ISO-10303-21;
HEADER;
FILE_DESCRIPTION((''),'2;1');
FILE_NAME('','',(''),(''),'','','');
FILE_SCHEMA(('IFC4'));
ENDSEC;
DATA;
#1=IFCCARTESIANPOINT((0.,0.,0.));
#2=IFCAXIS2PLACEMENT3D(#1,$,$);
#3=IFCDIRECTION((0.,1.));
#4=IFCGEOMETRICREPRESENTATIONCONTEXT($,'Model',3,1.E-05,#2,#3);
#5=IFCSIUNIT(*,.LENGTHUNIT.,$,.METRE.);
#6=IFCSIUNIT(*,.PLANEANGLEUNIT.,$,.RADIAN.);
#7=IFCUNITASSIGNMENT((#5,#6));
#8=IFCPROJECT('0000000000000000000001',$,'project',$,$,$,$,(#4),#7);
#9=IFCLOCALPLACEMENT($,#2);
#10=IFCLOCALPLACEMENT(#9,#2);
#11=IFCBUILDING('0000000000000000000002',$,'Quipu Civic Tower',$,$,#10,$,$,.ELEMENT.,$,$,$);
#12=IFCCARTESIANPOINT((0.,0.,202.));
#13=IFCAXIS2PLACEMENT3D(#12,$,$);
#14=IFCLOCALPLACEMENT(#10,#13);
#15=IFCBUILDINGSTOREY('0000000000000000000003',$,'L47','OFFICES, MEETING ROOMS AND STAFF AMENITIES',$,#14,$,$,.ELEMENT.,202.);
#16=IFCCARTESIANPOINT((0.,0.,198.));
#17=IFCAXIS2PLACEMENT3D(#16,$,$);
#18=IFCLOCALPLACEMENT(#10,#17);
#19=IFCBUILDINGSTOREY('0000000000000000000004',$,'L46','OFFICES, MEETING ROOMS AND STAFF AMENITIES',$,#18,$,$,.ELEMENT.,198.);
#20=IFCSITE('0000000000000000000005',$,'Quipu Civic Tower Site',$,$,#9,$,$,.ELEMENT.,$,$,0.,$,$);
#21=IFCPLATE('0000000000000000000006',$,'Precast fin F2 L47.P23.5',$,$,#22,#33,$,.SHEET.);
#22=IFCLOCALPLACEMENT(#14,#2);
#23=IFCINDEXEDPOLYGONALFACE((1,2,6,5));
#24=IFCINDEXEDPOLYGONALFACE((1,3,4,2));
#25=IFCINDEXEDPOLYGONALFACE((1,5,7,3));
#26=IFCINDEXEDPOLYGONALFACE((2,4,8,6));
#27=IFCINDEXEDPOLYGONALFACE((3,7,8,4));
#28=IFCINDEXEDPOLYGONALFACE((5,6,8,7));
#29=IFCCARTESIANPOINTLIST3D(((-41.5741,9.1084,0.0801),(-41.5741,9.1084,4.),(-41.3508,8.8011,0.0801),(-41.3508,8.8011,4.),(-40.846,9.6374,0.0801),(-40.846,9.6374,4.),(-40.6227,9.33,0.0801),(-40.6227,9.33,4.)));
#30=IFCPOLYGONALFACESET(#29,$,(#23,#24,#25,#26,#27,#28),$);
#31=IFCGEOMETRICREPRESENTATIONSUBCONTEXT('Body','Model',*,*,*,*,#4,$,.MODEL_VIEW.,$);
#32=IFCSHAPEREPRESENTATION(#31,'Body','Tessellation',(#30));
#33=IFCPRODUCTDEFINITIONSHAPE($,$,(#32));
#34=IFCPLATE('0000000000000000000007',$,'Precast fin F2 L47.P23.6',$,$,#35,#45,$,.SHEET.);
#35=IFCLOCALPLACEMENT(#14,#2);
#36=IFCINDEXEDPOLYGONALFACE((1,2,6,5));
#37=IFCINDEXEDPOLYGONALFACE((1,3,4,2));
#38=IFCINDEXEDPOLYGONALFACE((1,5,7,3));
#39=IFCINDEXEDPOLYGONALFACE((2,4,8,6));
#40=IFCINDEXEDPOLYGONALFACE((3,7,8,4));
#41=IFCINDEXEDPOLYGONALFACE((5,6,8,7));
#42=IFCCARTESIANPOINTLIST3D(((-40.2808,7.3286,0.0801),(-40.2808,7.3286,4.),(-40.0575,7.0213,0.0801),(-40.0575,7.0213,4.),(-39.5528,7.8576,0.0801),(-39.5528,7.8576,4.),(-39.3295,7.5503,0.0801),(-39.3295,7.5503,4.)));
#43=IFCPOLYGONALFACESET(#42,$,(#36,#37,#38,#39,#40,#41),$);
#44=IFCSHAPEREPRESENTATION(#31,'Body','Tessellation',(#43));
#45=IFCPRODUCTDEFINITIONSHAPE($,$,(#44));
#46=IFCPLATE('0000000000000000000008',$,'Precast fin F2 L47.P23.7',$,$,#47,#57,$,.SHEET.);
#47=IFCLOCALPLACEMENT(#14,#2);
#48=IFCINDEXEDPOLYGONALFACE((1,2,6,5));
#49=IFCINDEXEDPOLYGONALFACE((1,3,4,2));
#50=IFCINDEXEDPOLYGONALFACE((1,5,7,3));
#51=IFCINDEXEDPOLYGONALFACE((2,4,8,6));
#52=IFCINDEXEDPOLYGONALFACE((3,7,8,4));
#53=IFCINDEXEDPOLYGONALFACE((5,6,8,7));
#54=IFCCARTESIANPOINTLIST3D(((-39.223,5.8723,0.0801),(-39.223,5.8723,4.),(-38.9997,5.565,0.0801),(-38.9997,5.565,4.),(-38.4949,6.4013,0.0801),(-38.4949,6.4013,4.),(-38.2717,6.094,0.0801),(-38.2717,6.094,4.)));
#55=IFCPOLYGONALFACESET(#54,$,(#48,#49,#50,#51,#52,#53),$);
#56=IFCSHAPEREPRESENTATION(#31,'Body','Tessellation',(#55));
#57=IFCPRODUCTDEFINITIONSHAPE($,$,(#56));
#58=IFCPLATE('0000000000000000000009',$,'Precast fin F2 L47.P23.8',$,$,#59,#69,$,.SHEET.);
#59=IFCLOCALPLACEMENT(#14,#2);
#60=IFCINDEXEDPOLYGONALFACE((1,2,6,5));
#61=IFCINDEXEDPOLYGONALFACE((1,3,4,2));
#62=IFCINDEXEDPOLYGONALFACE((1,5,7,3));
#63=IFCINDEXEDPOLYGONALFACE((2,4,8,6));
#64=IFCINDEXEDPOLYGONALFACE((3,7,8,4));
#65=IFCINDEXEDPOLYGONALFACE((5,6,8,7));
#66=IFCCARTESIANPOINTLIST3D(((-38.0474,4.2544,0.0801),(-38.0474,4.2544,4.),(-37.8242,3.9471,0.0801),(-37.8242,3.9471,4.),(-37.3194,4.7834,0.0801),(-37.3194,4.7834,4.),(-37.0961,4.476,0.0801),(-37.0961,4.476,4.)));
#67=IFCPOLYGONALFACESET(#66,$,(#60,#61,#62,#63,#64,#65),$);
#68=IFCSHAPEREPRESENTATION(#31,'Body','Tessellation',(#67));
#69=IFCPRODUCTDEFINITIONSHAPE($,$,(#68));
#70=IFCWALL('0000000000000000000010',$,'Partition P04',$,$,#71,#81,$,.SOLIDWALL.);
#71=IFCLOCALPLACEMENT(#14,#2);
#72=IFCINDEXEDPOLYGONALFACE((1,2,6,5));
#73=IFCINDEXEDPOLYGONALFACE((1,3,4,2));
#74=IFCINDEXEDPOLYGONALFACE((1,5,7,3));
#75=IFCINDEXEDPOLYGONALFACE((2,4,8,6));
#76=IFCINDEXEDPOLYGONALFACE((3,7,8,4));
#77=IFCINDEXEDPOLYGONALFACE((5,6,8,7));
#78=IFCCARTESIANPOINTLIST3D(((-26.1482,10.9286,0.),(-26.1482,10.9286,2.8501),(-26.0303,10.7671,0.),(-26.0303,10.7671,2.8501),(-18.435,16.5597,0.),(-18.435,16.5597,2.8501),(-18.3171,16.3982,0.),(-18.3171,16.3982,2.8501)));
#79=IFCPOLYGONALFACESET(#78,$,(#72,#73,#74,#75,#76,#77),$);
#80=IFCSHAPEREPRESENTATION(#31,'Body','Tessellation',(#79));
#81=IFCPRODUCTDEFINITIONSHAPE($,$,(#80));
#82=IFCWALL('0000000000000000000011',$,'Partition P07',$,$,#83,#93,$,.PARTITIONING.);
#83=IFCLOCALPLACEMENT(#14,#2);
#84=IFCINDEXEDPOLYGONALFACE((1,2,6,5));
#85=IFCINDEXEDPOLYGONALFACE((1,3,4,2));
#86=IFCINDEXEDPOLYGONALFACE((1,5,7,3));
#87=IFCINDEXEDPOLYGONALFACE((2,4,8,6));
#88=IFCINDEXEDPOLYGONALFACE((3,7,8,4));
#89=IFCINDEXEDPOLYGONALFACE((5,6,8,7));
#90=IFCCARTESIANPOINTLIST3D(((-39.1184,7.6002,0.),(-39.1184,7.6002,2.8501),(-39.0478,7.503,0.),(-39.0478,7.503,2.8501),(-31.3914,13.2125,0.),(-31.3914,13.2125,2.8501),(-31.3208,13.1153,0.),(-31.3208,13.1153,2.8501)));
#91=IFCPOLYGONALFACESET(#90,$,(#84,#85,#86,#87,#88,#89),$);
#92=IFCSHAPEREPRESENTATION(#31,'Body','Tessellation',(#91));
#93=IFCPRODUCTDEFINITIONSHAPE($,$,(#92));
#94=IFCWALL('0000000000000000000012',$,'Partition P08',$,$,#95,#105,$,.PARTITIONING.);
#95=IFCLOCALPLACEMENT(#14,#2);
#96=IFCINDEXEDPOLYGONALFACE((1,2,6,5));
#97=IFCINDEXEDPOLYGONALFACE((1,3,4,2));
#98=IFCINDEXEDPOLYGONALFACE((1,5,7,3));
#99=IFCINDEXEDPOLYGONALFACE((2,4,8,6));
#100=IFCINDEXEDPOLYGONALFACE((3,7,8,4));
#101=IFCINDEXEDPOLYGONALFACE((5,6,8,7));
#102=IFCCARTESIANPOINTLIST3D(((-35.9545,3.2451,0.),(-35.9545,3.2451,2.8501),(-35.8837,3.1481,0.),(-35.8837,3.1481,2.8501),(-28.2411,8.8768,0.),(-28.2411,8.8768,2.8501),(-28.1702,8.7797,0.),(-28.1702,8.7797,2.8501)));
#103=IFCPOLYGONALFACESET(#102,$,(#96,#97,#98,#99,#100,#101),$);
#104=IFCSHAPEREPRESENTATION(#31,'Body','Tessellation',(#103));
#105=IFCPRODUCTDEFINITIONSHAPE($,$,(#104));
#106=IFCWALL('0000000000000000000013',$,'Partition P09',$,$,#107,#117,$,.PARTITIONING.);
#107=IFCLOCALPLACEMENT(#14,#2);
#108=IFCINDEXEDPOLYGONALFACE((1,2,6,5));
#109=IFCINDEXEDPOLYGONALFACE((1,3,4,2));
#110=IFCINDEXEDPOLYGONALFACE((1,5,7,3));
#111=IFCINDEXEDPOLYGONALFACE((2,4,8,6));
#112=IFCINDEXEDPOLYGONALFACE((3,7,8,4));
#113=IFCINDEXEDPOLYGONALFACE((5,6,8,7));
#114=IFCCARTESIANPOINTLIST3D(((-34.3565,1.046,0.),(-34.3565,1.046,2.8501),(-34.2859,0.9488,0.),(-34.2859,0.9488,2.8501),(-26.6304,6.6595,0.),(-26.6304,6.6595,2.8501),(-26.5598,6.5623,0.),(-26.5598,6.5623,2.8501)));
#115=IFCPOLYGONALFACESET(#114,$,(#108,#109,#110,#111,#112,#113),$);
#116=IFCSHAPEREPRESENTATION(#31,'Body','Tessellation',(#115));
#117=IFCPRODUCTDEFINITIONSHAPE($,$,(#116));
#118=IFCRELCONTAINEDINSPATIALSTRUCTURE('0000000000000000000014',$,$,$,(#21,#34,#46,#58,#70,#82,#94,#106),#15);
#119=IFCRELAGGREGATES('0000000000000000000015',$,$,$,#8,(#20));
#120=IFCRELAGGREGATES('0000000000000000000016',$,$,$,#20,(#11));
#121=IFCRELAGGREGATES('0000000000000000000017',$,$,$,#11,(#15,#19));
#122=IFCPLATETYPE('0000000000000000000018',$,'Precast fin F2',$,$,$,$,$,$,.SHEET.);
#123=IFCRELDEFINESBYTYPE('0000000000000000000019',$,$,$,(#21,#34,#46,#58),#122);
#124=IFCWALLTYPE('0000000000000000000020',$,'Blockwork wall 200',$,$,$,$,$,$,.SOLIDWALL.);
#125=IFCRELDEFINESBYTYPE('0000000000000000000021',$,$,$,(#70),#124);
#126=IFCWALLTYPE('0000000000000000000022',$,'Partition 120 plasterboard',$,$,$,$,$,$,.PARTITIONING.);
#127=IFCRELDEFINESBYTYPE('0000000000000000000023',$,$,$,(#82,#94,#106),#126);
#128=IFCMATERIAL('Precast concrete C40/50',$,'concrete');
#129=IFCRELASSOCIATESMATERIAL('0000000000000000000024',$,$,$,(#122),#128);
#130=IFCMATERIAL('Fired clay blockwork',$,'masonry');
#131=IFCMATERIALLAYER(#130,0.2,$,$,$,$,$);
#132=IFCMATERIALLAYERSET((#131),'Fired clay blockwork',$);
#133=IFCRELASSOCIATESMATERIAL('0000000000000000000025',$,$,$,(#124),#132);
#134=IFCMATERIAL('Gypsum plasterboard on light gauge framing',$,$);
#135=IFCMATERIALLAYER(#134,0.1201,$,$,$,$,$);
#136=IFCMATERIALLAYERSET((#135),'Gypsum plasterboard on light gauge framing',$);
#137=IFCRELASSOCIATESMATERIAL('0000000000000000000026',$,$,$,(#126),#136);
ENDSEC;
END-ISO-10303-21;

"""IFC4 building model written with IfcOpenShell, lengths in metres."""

from ifc_helpers import new_model, si_unit, direction, frame, frame_2d, origin, origin_2d, place, context, subcontext, project, spatial, rectangle, extrude, material, layer, layer_set, type_object, element, save


model = new_model("IFC4")

# Units and contexts
model_context = context("Model", 3, precision=1e-05, world=origin(), true_north=direction((0.0, 1.0)))
body_context = subcontext(model_context, "Body", "Model", "MODEL_VIEW")
ifc_project = project(units=[si_unit("LENGTHUNIT", "METRE"), si_unit("PLANEANGLEUNIT", "RADIAN")], contexts=[model_context])

# Site, building, storey
site_placement = place(None, origin())
site = spatial("IfcSite", under=ifc_project, at=site_placement, Name="Quipu Civic Tower Site", CompositionType="ELEMENT", RefElevation=0.0)
building_placement = place(site_placement, origin())
building = spatial("IfcBuilding", under=site, at=building_placement, Name="Quipu Civic Tower", CompositionType="ELEMENT")
storey_1_placement = place(building_placement, frame((0.0, 0.0, 202.0)))
storey_1 = spatial("IfcBuildingStorey", under=building, at=storey_1_placement, Name="L47", Description="OFFICES, MEETING ROOMS AND STAFF AMENITIES", CompositionType="ELEMENT", Elevation=202.0)

# Shared definitions
storey_2_placement = place(building_placement, frame((0.0, 0.0, 198.0)))
storey_2 = spatial("IfcBuildingStorey", under=building, at=storey_2_placement, Name="L46", Description="OFFICES, MEETING ROOMS AND STAFF AMENITIES", CompositionType="ELEMENT", Elevation=198.0)

# Plates
ifc_material_1 = material(Name="Precast concrete C40/50", Category="concrete")
plate_type_1 = type_object("IfcPlateType", Name="Precast fin F2", PredefinedType="SHEET", material=ifc_material_1)
for number, where, z_axis, x_axis, name in (
    (1, (-41.0984, 9.2192, 0.0801), (0.0, 0.0, 1.0), (0.587786, -0.809017, 0.0), "Precast fin F2 L47.P23.5"),
    (2, (-39.8052, 7.4395, 0.0801), (0.0, 0.0, 1.0), (0.587786, -0.809017, 0.0), "Precast fin F2 L47.P23.6"),
    (3, (-38.7473, 5.9832, 0.0801), (0.0, 0.0, 1.0), (0.587786, -0.809017, 0.0), "Precast fin F2 L47.P23.7"),
    (4, (-37.5718, 4.3652, 0.0801), (0.0, 0.0, 1.0), (0.587786, -0.809017, 0.0), "Precast fin F2 L47.P23.8"),
):
    element("IfcPlate", number, at=place(storey_1_placement, frame(where, z_axis=z_axis, x_axis=x_axis)), inside=storey_1, type_object=plate_type_1, Name=name, PredefinedType="SHEET", context=body_context, shape_type="SweptSolid", body=[
        extrude(rectangle(XDim=0.3799, YDim=0.8999, at=origin_2d()), origin(), (0.0, 0.0, 1.0), 3.9199),
    ])

# Walls
ifc_material_2 = material(Name="Fired clay blockwork", Category="masonry")
ifc_layer_1 = layer(ifc_material_2, 0.2)
ifc_layer_set_1 = layer_set([ifc_layer_1], Name="Fired clay blockwork")
wall_type_1 = type_object("IfcWallType", Name="Blockwork wall 200", PredefinedType="SOLIDWALL", material=ifc_layer_set_1)
wall_1_placement = place(storey_1_placement, frame((-26.0891, 10.8479, 0.0), z_axis=(0.0, 0.0, 1.0), x_axis=(0.807661, 0.589647, 0.0)))
element("IfcWall", 5, at=wall_1_placement, inside=storey_1, type_object=wall_type_1, Name="Partition P04", PredefinedType="SOLIDWALL", context=body_context, shape_type="SweptSolid", body=[
    extrude(rectangle(XDim=9.55, YDim=0.2, at=frame_2d((4.7749, 0.0))), origin(), (0.0, 0.0, 1.0), 2.8501),
])
ifc_material_3 = material(Name="Gypsum plasterboard on light gauge framing")
ifc_layer_2 = layer(ifc_material_3, 0.1201)
ifc_layer_set_2 = layer_set([ifc_layer_2], Name="Gypsum plasterboard on light gauge framing")
wall_type_2 = type_object("IfcWallType", Name="Partition 120 plasterboard", PredefinedType="PARTITIONING", material=ifc_layer_set_2)
wall_2_placement = place(storey_1_placement, frame((-31.3562, 13.1638, 0.0), z_axis=(0.0, 0.0, 1.0), x_axis=(-0.809103, -0.587667, 0.0)))
element("IfcWall", 6, at=wall_2_placement, inside=storey_1, type_object=wall_type_2, Name="Partition P07", PredefinedType="PARTITIONING", context=body_context, shape_type="SweptSolid", body=[
    extrude(rectangle(XDim=9.55, YDim=0.1201, at=frame_2d((4.7749, 0.0))), origin(), (0.0, 0.0, 1.0), 2.8501),
])
wall_3_placement = place(storey_1_placement, frame((-35.9192, 3.1965, 0.0), z_axis=(0.0, 0.0, 1.0), x_axis=(0.807646, 0.589668, 0.0)))
element("IfcWall", 7, at=wall_3_placement, inside=storey_1, type_object=wall_type_2, Name="Partition P08", PredefinedType="PARTITIONING", context=body_context, shape_type="SweptSolid", body=[
    extrude(rectangle(XDim=9.5505, YDim=0.1201, at=frame_2d((4.7754, 0.0))), origin(), (0.0, 0.0, 1.0), 2.8501),
])
wall_4_placement = place(storey_1_placement, frame((-26.5952, 6.6108, 0.0), z_axis=(0.0, 0.0, 1.0), x_axis=(-0.809007, -0.587799, 0.0)))
element("IfcWall", 8, at=wall_4_placement, inside=storey_1, type_object=wall_type_2, Name="Partition P09", PredefinedType="PARTITIONING", context=body_context, shape_type="SweptSolid", body=[
    extrude(rectangle(XDim=9.55, YDim=0.1201, at=frame_2d((4.7749, 0.0))), origin(), (0.0, 0.0, 1.0), 2.8501),
])

save(model, "model.ifc")
